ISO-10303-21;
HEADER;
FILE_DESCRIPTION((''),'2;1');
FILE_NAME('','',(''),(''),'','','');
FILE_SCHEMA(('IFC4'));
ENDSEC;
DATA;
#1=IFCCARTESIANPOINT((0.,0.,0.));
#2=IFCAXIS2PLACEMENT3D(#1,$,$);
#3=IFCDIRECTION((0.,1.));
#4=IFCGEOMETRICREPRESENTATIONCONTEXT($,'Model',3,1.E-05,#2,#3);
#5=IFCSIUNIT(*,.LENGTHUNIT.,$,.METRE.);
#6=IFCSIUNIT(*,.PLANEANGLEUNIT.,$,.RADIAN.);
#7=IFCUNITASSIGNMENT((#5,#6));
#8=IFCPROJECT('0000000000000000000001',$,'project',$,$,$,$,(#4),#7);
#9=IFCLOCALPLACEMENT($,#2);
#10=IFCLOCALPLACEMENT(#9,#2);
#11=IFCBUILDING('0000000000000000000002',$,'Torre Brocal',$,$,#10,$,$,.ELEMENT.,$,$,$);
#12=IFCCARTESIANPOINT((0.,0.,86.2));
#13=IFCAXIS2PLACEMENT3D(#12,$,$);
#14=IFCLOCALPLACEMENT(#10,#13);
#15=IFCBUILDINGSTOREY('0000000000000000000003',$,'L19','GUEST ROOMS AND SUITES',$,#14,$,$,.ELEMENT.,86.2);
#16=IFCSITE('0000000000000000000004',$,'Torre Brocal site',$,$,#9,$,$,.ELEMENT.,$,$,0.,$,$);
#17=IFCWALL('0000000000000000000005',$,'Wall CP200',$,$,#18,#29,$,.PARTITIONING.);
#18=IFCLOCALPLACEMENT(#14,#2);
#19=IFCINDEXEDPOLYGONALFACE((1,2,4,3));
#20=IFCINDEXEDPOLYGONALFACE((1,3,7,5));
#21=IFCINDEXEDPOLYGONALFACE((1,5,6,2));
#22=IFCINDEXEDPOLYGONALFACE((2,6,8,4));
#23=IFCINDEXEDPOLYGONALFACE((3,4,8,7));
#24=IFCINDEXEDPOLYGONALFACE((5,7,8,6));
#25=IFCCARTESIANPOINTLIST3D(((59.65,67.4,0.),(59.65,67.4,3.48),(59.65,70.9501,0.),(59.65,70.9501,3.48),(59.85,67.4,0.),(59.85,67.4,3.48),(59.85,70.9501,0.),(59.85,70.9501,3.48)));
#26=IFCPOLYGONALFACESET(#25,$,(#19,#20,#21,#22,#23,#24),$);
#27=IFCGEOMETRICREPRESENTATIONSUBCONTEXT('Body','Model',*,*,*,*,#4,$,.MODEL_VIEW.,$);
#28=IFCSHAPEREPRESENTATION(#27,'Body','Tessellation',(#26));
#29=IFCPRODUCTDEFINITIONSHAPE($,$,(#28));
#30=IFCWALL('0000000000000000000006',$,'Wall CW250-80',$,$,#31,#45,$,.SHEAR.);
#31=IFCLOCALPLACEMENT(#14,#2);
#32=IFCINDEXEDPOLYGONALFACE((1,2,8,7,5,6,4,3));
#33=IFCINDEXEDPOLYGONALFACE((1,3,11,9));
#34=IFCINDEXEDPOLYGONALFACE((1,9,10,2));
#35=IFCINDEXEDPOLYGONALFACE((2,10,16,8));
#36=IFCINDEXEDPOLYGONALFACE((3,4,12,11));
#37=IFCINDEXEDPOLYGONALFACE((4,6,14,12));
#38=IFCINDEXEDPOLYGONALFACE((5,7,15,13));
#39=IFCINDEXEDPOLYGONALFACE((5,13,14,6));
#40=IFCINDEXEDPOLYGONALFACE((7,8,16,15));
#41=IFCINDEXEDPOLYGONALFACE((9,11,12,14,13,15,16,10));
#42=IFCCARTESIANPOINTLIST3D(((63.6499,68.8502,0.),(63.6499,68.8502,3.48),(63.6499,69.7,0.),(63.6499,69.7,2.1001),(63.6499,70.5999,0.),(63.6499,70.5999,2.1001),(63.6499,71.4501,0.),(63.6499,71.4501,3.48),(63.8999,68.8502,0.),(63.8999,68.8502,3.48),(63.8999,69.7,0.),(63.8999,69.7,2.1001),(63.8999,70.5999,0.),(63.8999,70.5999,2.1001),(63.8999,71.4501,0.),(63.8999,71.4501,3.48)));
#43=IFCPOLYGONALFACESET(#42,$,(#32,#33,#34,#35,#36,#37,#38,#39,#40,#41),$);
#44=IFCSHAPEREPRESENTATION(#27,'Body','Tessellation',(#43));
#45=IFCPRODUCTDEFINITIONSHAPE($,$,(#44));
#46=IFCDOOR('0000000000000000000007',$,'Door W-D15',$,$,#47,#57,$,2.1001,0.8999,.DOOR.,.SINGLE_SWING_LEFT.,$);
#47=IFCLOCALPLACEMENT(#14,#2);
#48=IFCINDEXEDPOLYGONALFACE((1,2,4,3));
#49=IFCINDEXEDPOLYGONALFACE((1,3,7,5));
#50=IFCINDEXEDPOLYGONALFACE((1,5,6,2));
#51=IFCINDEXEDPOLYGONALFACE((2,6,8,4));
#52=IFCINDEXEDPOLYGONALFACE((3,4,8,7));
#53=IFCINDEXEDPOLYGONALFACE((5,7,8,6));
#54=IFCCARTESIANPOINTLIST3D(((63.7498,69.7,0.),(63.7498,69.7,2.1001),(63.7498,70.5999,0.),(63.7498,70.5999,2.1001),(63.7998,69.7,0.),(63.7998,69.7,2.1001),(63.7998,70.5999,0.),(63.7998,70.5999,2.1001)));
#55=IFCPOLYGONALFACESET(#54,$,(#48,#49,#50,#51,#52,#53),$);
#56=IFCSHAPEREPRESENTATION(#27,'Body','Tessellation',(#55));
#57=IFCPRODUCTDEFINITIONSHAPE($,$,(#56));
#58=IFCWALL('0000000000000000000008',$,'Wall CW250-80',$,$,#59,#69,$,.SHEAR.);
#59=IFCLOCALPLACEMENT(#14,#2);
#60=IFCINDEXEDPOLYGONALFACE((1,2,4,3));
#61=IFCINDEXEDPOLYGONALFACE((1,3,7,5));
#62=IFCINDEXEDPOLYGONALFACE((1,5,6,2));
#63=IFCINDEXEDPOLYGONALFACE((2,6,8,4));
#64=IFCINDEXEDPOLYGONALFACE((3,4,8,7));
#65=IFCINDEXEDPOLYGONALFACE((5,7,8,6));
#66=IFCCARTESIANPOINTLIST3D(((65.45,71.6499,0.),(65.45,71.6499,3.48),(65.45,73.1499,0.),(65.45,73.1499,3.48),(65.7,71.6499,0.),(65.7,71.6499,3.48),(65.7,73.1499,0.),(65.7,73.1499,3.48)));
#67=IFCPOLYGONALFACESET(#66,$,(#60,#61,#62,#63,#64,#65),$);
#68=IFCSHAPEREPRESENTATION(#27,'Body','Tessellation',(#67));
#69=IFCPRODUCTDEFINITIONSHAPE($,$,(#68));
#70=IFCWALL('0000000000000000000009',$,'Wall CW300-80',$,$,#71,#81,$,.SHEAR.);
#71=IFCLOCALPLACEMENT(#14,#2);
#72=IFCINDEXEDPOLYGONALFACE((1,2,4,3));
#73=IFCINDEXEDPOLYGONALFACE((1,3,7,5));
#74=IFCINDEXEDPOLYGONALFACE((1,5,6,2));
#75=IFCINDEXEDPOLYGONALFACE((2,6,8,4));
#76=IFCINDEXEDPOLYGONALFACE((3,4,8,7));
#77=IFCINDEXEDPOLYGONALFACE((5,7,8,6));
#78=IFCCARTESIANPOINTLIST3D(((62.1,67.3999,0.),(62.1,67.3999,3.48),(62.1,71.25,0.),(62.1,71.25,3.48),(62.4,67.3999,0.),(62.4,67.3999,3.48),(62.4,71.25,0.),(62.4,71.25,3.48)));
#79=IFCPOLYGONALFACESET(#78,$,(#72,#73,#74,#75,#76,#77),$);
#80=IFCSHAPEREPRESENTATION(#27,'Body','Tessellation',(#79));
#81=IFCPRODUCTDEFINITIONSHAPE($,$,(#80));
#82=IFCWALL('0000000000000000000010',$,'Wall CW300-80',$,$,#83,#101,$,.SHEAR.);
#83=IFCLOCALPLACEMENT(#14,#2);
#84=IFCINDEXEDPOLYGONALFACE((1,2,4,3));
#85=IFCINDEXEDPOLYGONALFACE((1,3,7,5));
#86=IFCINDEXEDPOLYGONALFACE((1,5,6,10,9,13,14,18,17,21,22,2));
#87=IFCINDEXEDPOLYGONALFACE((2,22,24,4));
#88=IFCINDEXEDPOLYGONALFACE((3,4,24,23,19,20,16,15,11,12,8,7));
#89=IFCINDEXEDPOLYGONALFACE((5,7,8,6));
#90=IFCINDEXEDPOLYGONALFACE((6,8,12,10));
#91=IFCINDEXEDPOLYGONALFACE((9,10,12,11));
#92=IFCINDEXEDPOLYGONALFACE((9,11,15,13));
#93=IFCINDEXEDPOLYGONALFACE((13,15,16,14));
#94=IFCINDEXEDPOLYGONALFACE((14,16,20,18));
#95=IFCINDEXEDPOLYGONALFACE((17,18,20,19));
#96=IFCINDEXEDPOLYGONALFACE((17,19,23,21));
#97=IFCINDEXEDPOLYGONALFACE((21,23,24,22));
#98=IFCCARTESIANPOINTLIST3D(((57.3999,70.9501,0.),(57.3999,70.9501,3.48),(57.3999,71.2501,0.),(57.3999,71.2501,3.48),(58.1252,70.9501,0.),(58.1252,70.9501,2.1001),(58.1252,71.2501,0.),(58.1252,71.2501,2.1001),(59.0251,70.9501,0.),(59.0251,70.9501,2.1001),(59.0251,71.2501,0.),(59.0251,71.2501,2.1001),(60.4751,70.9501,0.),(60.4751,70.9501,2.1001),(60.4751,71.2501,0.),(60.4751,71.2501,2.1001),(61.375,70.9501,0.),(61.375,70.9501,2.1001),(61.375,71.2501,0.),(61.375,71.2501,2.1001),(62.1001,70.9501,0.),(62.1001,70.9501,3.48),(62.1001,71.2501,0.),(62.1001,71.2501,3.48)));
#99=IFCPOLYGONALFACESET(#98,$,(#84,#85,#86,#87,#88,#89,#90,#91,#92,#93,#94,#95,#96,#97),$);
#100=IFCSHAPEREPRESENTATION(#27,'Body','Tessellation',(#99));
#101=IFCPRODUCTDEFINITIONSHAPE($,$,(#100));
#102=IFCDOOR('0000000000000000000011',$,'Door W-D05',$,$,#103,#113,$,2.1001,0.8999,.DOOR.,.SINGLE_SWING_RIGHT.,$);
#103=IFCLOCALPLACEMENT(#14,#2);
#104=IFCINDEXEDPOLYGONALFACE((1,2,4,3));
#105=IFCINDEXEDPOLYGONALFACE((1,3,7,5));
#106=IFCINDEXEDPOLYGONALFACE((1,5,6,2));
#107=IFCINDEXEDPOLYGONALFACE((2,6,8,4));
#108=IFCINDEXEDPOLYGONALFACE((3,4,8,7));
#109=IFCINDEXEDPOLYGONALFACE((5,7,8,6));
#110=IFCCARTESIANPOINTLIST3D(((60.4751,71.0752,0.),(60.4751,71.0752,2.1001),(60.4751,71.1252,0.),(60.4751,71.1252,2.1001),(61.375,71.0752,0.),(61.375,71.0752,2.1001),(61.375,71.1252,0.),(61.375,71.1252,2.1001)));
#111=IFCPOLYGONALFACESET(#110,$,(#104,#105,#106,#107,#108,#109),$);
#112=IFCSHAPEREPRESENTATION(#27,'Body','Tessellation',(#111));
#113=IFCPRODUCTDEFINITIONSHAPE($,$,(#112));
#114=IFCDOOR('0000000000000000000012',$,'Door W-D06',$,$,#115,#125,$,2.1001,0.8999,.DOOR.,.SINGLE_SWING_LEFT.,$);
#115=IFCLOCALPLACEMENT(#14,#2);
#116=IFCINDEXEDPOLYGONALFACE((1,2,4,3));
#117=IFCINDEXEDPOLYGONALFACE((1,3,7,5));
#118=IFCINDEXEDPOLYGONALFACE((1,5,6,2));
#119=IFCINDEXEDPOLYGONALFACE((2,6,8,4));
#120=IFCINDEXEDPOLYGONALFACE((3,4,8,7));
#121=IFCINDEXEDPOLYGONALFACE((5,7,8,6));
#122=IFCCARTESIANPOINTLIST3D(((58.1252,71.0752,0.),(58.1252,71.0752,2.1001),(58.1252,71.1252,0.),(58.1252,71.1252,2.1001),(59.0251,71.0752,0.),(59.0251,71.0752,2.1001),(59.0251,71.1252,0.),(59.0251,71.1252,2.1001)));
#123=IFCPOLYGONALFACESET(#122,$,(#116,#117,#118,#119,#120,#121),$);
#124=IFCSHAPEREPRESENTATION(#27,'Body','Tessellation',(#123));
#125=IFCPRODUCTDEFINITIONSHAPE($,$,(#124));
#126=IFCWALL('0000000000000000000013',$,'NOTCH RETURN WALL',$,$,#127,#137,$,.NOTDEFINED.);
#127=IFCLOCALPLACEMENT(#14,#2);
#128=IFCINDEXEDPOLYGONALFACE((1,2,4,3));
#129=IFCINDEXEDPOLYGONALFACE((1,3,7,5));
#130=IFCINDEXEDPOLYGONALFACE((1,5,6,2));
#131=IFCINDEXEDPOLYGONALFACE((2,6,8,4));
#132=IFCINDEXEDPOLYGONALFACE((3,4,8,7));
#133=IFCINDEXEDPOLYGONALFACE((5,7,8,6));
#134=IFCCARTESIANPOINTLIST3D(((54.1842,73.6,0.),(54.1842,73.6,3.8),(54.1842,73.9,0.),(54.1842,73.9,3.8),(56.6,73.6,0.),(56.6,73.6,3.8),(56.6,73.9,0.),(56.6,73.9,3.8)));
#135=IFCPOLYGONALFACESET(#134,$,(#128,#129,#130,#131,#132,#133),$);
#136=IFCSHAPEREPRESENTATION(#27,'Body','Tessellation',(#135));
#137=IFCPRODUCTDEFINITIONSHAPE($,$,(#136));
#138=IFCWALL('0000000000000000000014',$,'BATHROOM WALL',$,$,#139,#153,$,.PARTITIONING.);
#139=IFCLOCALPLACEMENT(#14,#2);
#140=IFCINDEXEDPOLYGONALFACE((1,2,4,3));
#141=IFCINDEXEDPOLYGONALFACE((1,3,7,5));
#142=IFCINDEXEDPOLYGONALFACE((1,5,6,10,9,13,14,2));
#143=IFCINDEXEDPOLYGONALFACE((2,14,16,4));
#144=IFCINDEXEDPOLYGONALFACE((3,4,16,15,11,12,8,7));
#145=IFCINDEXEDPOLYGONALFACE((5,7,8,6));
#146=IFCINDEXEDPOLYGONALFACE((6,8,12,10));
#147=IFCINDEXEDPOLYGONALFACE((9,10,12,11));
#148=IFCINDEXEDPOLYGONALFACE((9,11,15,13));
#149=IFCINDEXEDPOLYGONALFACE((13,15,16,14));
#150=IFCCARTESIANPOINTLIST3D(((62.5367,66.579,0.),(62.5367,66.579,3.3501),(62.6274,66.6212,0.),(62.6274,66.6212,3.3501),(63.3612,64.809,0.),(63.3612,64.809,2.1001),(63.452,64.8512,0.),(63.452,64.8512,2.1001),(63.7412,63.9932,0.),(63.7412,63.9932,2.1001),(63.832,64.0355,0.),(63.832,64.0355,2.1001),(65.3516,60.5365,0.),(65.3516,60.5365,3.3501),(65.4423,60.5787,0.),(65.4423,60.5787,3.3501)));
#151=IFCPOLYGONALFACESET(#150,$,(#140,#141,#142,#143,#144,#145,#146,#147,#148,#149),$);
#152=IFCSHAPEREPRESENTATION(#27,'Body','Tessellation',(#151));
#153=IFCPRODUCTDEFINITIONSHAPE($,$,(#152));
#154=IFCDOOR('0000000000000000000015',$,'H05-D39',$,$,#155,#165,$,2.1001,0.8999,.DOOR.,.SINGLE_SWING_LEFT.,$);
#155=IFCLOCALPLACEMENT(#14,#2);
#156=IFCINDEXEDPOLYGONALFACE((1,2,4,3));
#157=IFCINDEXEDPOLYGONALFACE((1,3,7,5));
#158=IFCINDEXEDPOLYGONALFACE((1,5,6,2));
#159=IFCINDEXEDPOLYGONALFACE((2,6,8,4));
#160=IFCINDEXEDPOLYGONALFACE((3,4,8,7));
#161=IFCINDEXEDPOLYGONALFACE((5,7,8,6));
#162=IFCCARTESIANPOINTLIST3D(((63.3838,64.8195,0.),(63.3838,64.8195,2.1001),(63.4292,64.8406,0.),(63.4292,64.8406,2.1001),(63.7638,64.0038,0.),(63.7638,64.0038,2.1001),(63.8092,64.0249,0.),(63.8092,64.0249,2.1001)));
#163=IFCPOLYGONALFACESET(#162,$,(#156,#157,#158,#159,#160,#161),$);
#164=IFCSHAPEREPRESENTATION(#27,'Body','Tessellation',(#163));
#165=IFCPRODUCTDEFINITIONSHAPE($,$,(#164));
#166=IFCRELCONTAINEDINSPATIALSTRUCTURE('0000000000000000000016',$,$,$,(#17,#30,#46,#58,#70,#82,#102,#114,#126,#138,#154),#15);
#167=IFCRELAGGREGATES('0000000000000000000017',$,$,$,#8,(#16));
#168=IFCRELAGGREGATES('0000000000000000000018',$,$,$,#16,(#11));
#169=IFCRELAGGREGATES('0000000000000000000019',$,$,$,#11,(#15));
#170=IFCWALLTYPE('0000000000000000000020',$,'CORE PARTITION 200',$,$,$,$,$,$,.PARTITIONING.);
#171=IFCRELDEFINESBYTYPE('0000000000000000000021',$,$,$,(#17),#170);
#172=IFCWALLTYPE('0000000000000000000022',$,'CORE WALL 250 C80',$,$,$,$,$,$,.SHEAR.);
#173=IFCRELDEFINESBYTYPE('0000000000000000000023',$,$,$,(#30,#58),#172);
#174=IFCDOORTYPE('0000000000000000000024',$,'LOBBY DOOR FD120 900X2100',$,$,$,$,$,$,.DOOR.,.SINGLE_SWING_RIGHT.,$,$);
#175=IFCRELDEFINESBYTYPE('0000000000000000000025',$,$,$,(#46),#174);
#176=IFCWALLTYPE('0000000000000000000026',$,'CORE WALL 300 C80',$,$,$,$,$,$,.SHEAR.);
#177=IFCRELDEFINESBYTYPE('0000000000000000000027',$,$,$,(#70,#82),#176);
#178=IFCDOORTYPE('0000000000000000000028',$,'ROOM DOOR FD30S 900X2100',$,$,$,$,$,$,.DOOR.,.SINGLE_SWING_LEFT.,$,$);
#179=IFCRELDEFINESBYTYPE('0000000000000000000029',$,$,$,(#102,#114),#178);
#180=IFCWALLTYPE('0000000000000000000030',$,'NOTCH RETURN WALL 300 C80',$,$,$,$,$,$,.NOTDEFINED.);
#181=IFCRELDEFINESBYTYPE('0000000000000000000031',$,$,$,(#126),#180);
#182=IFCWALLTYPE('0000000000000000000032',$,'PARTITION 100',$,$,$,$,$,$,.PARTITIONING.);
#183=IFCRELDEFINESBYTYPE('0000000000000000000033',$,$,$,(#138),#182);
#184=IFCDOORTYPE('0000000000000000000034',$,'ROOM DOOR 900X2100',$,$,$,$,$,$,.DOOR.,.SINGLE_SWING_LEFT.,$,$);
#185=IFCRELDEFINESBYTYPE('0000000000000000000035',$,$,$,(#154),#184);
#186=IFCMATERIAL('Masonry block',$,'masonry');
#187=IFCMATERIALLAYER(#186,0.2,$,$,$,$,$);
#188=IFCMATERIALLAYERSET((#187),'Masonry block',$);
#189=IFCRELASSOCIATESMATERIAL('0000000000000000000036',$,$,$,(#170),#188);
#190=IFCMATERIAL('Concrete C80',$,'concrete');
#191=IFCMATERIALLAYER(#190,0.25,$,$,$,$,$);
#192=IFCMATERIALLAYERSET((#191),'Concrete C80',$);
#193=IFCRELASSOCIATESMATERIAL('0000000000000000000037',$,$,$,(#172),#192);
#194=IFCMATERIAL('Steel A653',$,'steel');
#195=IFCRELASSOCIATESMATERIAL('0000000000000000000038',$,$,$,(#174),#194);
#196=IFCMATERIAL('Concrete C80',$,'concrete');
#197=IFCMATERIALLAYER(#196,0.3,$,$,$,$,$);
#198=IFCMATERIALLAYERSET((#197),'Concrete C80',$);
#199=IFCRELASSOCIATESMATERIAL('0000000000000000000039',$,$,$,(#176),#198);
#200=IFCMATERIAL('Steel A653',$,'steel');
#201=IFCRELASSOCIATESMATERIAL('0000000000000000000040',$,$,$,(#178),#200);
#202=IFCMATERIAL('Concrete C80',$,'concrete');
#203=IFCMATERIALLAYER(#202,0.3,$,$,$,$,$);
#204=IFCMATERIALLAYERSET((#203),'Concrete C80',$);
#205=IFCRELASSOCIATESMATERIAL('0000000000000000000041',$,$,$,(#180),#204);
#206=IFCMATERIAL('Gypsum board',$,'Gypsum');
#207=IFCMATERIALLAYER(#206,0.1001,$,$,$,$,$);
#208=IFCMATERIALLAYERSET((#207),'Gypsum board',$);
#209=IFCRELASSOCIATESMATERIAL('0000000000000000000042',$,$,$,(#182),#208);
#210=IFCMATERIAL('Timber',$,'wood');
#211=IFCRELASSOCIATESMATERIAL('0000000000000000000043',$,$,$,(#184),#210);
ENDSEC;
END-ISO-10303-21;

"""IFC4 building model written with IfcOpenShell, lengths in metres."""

from ifc_helpers import new_model, si_unit, direction, frame, frame_2d, origin, place, context, subcontext, project, spatial, rectangle, extrude, material, layer, layer_set, type_object, element, fill, save


model = new_model("IFC4")

# Units and contexts
model_context = context("Model", 3, precision=1e-05, world=origin(), true_north=direction((0.0, 1.0)))
body_context = subcontext(model_context, "Body", "Model", "MODEL_VIEW")
ifc_project = project(units=[si_unit("LENGTHUNIT", "METRE"), si_unit("PLANEANGLEUNIT", "RADIAN")], contexts=[model_context])

# Site, building, storey
site_placement = place(None, origin())
site = spatial("IfcSite", under=ifc_project, at=site_placement, Name="Torre Brocal site", CompositionType="ELEMENT", RefElevation=0.0)
building_placement = place(site_placement, origin())
building = spatial("IfcBuilding", under=site, at=building_placement, Name="Torre Brocal", CompositionType="ELEMENT")
storey_placement = place(building_placement, frame((0.0, 0.0, 86.2)))
storey = spatial("IfcBuildingStorey", under=building, at=storey_placement, Name="L19", Description="GUEST ROOMS AND SUITES", CompositionType="ELEMENT", Elevation=86.2)

# Wall
ifc_material_1 = material(Name="Masonry block", Category="masonry")
ifc_layer_1 = layer(ifc_material_1, 0.2)
ifc_layer_set_1 = layer_set([ifc_layer_1], Name="Masonry block")
wall_type_1 = type_object("IfcWallType", Name="CORE PARTITION 200", PredefinedType="PARTITIONING", material=ifc_layer_set_1)
wall_1_placement = place(storey_placement, frame((59.75, 70.95, 0.0), z_axis=(0.0, 0.0, 1.0), x_axis=(0.0, -1.0, 0.0)))
element("IfcWall", 1, at=wall_1_placement, inside=storey, type_object=wall_type_1, Name="Wall CP200", PredefinedType="PARTITIONING", context=body_context, shape_type="SweptSolid", body=[
    extrude(rectangle(XDim=3.55, YDim=0.2, at=frame_2d((1.7749, 0.0))), origin(), (0.0, 0.0, 1.0), 3.48),
])

# Wall, opening, door
ifc_material_2 = material(Name="Concrete C80", Category="concrete")
ifc_layer_2 = layer(ifc_material_2, 0.25)
ifc_layer_set_2 = layer_set([ifc_layer_2], Name="Concrete C80")
wall_type_2 = type_object("IfcWallType", Name="CORE WALL 250 C80", PredefinedType="SHEAR", material=ifc_layer_set_2)
wall_2_placement = place(storey_placement, frame((63.7749, 71.45, 0.0), z_axis=(0.0, 0.0, 1.0), x_axis=(0.0, -1.0, 0.0)))
wall_2 = element("IfcWall", 2, at=wall_2_placement, inside=storey, type_object=wall_type_2, Name="Wall CW250-80", PredefinedType="SHEAR", context=body_context, shape_type="SweptSolid", body=[
    extrude(rectangle(XDim=2.5999, YDim=0.25, at=frame_2d((1.2998, 0.0))), origin(), (0.0, 0.0, 1.0), 3.48),
])
opening_1_placement = place(wall_2_placement, frame((0.8501, 0.0, 0.0)))
opening_1 = element("IfcOpeningElement", 3, at=opening_1_placement, cuts=wall_2, PredefinedType="OPENING", context=body_context, shape_type="SweptSolid", body=[
    extrude(rectangle(XDim=0.8999, YDim=2.1001, at=frame_2d((0.45, 1.05))), frame((0.0, 0.135, 0.0), z_axis=(0.0, -1.0, 0.0), x_axis=(1.0, 0.0, 0.0)), (0.0, 0.0, 1.0), 0.27),
])
ifc_material_3 = material(Name="Steel A653", Category="steel")
door_type_1 = type_object("IfcDoorType", Name="LOBBY DOOR FD120 900X2100", OperationType="SINGLE_SWING_RIGHT", PredefinedType="DOOR", material=ifc_material_3)
door_1_placement = place(opening_1_placement, origin())
door_1 = element("IfcDoor", 4, at=door_1_placement, inside=storey, type_object=door_type_1, Name="Door W-D15", OperationType="SINGLE_SWING_LEFT", OverallHeight=2.1001, OverallWidth=0.8999, PredefinedType="DOOR", context=body_context, shape_type="SweptSolid", body=[
    extrude(rectangle(XDim=0.8999, YDim=2.1001, at=frame_2d((0.45, 1.05))), frame((0.0, 0.0249, 0.0), z_axis=(0.0, -1.0, 0.0), x_axis=(1.0, 0.0, 0.0)), (0.0, 0.0, 1.0), 0.05),
])
fill(opening_1, door_1)

# Walls
wall_3_placement = place(storey_placement, frame((65.575, 73.1499, 0.0), z_axis=(0.0, 0.0, 1.0), x_axis=(0.0, -1.0, 0.0)))
element("IfcWall", 5, at=wall_3_placement, inside=storey, type_object=wall_type_2, Name="Wall CW250-80", PredefinedType="SHEAR", context=body_context, shape_type="SweptSolid", body=[
    extrude(rectangle(XDim=1.5, YDim=0.25, at=frame_2d((0.75, 0.0))), origin(), (0.0, 0.0, 1.0), 3.48),
])
ifc_material_4 = material(Name="Concrete C80", Category="concrete")
ifc_layer_3 = layer(ifc_material_4, 0.3)
ifc_layer_set_3 = layer_set([ifc_layer_3], Name="Concrete C80")
wall_type_3 = type_object("IfcWallType", Name="CORE WALL 300 C80", PredefinedType="SHEAR", material=ifc_layer_set_3)
wall_4_placement = place(storey_placement, frame((62.25, 71.25, 0.0), z_axis=(0.0, 0.0, 1.0), x_axis=(0.0, -1.0, 0.0)))
element("IfcWall", 6, at=wall_4_placement, inside=storey, type_object=wall_type_3, Name="Wall CW300-80", PredefinedType="SHEAR", context=body_context, shape_type="SweptSolid", body=[
    extrude(rectangle(XDim=3.8501, YDim=0.3, at=frame_2d((1.925, 0.0))), origin(), (0.0, 0.0, 1.0), 3.48),
])

# Wall, openings, doors
wall_5_placement = place(storey_placement, frame((62.1001, 71.1001, 0.0), z_axis=(0.0, 0.0, 1.0), x_axis=(-1.0, 0.0, 0.0)))
wall_5 = element("IfcWall", 7, at=wall_5_placement, inside=storey, type_object=wall_type_3, Name="Wall CW300-80", PredefinedType="SHEAR", context=body_context, shape_type="SweptSolid", body=[
    extrude(rectangle(XDim=4.7002, YDim=0.3, at=frame_2d((2.3501, 0.0))), origin(), (0.0, 0.0, 1.0), 3.48),
])
opening_2_placement = place(wall_5_placement, frame((0.7251, 0.0, 0.0)))
opening_2 = element("IfcOpeningElement", 8, at=opening_2_placement, cuts=wall_5, PredefinedType="OPENING", context=body_context, shape_type="SweptSolid", body=[
    extrude(rectangle(XDim=0.8999, YDim=2.1001, at=frame_2d((0.45, 1.05))), frame((0.0, 0.1599, 0.0), z_axis=(0.0, -1.0, 0.0), x_axis=(1.0, 0.0, 0.0)), (0.0, 0.0, 1.0), 0.3201),
])
opening_3_placement = place(wall_5_placement, frame((3.075, 0.0, 0.0)))
opening_3 = element("IfcOpeningElement", 9, at=opening_3_placement, cuts=wall_5, PredefinedType="OPENING", context=body_context, shape_type="SweptSolid", body=[
    extrude(rectangle(XDim=0.8999, YDim=2.1001, at=frame_2d((0.45, 1.05))), frame((0.0, 0.1599, 0.0), z_axis=(0.0, -1.0, 0.0), x_axis=(1.0, 0.0, 0.0)), (0.0, 0.0, 1.0), 0.3201),
])
ifc_material_5 = material(Name="Steel A653", Category="steel")
door_type_2 = type_object("IfcDoorType", Name="ROOM DOOR FD30S 900X2100", OperationType="SINGLE_SWING_LEFT", PredefinedType="DOOR", material=ifc_material_5)
door_2_placement = place(opening_2_placement, origin())
door_2 = element("IfcDoor", 10, at=door_2_placement, inside=storey, type_object=door_type_2, Name="Door W-D05", OperationType="SINGLE_SWING_RIGHT", OverallHeight=2.1001, OverallWidth=0.8999, PredefinedType="DOOR", context=body_context, shape_type="SweptSolid", body=[
    extrude(rectangle(XDim=0.8999, YDim=2.1001, at=frame_2d((0.45, 1.05))), frame((0.0, 0.0249, 0.0), z_axis=(0.0, -1.0, 0.0), x_axis=(1.0, 0.0, 0.0)), (0.0, 0.0, 1.0), 0.05),
])
fill(opening_2, door_2)
door_3_placement = place(opening_3_placement, origin())
door_3 = element("IfcDoor", 11, at=door_3_placement, inside=storey, type_object=door_type_2, Name="Door W-D06", OperationType="SINGLE_SWING_LEFT", OverallHeight=2.1001, OverallWidth=0.8999, PredefinedType="DOOR", context=body_context, shape_type="SweptSolid", body=[
    extrude(rectangle(XDim=0.8999, YDim=2.1001, at=frame_2d((0.45, 1.05))), frame((0.0, 0.0249, 0.0), z_axis=(0.0, -1.0, 0.0), x_axis=(1.0, 0.0, 0.0)), (0.0, 0.0, 1.0), 0.05),
])
fill(opening_3, door_3)

# Wall
ifc_material_6 = material(Name="Concrete C80", Category="concrete")
ifc_layer_4 = layer(ifc_material_6, 0.3)
ifc_layer_set_4 = layer_set([ifc_layer_4], Name="Concrete C80")
wall_type_4 = type_object("IfcWallType", Name="NOTCH RETURN WALL 300 C80", PredefinedType="NOTDEFINED", material=ifc_layer_set_4)
wall_6_placement = place(storey_placement, frame((56.6001, 73.75, 0.0), z_axis=(0.0, 0.0, 1.0), x_axis=(-1.0, 0.0, 0.0)))
element("IfcWall", 12, at=wall_6_placement, inside=storey, type_object=wall_type_4, Name="NOTCH RETURN WALL", PredefinedType="NOTDEFINED", context=body_context, shape_type="SweptSolid", body=[
    extrude(rectangle(XDim=2.4158, YDim=0.3, at=frame_2d((1.208, 0.0))), origin(), (0.0, 0.0, 1.0), 3.8),
])

# Wall, opening, door
ifc_material_7 = material(Name="Gypsum board", Category="Gypsum")
ifc_layer_5 = layer(ifc_material_7, 0.1001)
ifc_layer_set_5 = layer_set([ifc_layer_5], Name="Gypsum board")
wall_type_5 = type_object("IfcWallType", Name="PARTITION 100", PredefinedType="PARTITIONING", material=ifc_layer_set_5)
wall_7_placement = place(storey_placement, frame((62.582, 66.6001, 0.0), z_axis=(0.0, 0.0, 1.0), x_axis=(0.422284, -0.906464, 0.0)))
wall_7 = element("IfcWall", 13, at=wall_7_placement, inside=storey, type_object=wall_type_5, Name="BATHROOM WALL", PredefinedType="PARTITIONING", context=body_context, shape_type="SweptSolid", body=[
    extrude(rectangle(XDim=6.666, YDim=0.1001, at=frame_2d((3.333, 0.0))), origin(), (0.0, 0.0, 1.0), 3.3501),
])
opening_4_placement = place(wall_7_placement, frame((1.9526, 0.0, 0.0)))
opening_4 = element("IfcOpeningElement", 14, at=opening_4_placement, cuts=wall_7, PredefinedType="OPENING", context=body_context, shape_type="SweptSolid", body=[
    extrude(rectangle(XDim=0.8999, YDim=2.1001, at=frame_2d((0.45, 1.05))), frame((0.0, 0.0601, 0.0), z_axis=(0.0, -1.0, 0.0), x_axis=(1.0, 0.0, 0.0)), (0.0, 0.0, 1.0), 0.1201),
])
ifc_material_8 = material(Name="Timber", Category="wood")
door_type_3 = type_object("IfcDoorType", Name="ROOM DOOR 900X2100", OperationType="SINGLE_SWING_LEFT", PredefinedType="DOOR", material=ifc_material_8)
door_4_placement = place(opening_4_placement, origin())
door_4 = element("IfcDoor", 15, at=door_4_placement, inside=storey, type_object=door_type_3, Name="H05-D39", OperationType="SINGLE_SWING_LEFT", OverallHeight=2.1001, OverallWidth=0.8999, PredefinedType="DOOR", context=body_context, shape_type="SweptSolid", body=[
    extrude(rectangle(XDim=0.8999, YDim=2.1001, at=frame_2d((0.45, 1.05))), frame((0.0, 0.0249, 0.0), z_axis=(0.0, -1.0, 0.0), x_axis=(1.0, 0.0, 0.0)), (0.0, 0.0, 1.0), 0.05),
])
fill(opening_4, door_4)

save(model, "model.ifc")
